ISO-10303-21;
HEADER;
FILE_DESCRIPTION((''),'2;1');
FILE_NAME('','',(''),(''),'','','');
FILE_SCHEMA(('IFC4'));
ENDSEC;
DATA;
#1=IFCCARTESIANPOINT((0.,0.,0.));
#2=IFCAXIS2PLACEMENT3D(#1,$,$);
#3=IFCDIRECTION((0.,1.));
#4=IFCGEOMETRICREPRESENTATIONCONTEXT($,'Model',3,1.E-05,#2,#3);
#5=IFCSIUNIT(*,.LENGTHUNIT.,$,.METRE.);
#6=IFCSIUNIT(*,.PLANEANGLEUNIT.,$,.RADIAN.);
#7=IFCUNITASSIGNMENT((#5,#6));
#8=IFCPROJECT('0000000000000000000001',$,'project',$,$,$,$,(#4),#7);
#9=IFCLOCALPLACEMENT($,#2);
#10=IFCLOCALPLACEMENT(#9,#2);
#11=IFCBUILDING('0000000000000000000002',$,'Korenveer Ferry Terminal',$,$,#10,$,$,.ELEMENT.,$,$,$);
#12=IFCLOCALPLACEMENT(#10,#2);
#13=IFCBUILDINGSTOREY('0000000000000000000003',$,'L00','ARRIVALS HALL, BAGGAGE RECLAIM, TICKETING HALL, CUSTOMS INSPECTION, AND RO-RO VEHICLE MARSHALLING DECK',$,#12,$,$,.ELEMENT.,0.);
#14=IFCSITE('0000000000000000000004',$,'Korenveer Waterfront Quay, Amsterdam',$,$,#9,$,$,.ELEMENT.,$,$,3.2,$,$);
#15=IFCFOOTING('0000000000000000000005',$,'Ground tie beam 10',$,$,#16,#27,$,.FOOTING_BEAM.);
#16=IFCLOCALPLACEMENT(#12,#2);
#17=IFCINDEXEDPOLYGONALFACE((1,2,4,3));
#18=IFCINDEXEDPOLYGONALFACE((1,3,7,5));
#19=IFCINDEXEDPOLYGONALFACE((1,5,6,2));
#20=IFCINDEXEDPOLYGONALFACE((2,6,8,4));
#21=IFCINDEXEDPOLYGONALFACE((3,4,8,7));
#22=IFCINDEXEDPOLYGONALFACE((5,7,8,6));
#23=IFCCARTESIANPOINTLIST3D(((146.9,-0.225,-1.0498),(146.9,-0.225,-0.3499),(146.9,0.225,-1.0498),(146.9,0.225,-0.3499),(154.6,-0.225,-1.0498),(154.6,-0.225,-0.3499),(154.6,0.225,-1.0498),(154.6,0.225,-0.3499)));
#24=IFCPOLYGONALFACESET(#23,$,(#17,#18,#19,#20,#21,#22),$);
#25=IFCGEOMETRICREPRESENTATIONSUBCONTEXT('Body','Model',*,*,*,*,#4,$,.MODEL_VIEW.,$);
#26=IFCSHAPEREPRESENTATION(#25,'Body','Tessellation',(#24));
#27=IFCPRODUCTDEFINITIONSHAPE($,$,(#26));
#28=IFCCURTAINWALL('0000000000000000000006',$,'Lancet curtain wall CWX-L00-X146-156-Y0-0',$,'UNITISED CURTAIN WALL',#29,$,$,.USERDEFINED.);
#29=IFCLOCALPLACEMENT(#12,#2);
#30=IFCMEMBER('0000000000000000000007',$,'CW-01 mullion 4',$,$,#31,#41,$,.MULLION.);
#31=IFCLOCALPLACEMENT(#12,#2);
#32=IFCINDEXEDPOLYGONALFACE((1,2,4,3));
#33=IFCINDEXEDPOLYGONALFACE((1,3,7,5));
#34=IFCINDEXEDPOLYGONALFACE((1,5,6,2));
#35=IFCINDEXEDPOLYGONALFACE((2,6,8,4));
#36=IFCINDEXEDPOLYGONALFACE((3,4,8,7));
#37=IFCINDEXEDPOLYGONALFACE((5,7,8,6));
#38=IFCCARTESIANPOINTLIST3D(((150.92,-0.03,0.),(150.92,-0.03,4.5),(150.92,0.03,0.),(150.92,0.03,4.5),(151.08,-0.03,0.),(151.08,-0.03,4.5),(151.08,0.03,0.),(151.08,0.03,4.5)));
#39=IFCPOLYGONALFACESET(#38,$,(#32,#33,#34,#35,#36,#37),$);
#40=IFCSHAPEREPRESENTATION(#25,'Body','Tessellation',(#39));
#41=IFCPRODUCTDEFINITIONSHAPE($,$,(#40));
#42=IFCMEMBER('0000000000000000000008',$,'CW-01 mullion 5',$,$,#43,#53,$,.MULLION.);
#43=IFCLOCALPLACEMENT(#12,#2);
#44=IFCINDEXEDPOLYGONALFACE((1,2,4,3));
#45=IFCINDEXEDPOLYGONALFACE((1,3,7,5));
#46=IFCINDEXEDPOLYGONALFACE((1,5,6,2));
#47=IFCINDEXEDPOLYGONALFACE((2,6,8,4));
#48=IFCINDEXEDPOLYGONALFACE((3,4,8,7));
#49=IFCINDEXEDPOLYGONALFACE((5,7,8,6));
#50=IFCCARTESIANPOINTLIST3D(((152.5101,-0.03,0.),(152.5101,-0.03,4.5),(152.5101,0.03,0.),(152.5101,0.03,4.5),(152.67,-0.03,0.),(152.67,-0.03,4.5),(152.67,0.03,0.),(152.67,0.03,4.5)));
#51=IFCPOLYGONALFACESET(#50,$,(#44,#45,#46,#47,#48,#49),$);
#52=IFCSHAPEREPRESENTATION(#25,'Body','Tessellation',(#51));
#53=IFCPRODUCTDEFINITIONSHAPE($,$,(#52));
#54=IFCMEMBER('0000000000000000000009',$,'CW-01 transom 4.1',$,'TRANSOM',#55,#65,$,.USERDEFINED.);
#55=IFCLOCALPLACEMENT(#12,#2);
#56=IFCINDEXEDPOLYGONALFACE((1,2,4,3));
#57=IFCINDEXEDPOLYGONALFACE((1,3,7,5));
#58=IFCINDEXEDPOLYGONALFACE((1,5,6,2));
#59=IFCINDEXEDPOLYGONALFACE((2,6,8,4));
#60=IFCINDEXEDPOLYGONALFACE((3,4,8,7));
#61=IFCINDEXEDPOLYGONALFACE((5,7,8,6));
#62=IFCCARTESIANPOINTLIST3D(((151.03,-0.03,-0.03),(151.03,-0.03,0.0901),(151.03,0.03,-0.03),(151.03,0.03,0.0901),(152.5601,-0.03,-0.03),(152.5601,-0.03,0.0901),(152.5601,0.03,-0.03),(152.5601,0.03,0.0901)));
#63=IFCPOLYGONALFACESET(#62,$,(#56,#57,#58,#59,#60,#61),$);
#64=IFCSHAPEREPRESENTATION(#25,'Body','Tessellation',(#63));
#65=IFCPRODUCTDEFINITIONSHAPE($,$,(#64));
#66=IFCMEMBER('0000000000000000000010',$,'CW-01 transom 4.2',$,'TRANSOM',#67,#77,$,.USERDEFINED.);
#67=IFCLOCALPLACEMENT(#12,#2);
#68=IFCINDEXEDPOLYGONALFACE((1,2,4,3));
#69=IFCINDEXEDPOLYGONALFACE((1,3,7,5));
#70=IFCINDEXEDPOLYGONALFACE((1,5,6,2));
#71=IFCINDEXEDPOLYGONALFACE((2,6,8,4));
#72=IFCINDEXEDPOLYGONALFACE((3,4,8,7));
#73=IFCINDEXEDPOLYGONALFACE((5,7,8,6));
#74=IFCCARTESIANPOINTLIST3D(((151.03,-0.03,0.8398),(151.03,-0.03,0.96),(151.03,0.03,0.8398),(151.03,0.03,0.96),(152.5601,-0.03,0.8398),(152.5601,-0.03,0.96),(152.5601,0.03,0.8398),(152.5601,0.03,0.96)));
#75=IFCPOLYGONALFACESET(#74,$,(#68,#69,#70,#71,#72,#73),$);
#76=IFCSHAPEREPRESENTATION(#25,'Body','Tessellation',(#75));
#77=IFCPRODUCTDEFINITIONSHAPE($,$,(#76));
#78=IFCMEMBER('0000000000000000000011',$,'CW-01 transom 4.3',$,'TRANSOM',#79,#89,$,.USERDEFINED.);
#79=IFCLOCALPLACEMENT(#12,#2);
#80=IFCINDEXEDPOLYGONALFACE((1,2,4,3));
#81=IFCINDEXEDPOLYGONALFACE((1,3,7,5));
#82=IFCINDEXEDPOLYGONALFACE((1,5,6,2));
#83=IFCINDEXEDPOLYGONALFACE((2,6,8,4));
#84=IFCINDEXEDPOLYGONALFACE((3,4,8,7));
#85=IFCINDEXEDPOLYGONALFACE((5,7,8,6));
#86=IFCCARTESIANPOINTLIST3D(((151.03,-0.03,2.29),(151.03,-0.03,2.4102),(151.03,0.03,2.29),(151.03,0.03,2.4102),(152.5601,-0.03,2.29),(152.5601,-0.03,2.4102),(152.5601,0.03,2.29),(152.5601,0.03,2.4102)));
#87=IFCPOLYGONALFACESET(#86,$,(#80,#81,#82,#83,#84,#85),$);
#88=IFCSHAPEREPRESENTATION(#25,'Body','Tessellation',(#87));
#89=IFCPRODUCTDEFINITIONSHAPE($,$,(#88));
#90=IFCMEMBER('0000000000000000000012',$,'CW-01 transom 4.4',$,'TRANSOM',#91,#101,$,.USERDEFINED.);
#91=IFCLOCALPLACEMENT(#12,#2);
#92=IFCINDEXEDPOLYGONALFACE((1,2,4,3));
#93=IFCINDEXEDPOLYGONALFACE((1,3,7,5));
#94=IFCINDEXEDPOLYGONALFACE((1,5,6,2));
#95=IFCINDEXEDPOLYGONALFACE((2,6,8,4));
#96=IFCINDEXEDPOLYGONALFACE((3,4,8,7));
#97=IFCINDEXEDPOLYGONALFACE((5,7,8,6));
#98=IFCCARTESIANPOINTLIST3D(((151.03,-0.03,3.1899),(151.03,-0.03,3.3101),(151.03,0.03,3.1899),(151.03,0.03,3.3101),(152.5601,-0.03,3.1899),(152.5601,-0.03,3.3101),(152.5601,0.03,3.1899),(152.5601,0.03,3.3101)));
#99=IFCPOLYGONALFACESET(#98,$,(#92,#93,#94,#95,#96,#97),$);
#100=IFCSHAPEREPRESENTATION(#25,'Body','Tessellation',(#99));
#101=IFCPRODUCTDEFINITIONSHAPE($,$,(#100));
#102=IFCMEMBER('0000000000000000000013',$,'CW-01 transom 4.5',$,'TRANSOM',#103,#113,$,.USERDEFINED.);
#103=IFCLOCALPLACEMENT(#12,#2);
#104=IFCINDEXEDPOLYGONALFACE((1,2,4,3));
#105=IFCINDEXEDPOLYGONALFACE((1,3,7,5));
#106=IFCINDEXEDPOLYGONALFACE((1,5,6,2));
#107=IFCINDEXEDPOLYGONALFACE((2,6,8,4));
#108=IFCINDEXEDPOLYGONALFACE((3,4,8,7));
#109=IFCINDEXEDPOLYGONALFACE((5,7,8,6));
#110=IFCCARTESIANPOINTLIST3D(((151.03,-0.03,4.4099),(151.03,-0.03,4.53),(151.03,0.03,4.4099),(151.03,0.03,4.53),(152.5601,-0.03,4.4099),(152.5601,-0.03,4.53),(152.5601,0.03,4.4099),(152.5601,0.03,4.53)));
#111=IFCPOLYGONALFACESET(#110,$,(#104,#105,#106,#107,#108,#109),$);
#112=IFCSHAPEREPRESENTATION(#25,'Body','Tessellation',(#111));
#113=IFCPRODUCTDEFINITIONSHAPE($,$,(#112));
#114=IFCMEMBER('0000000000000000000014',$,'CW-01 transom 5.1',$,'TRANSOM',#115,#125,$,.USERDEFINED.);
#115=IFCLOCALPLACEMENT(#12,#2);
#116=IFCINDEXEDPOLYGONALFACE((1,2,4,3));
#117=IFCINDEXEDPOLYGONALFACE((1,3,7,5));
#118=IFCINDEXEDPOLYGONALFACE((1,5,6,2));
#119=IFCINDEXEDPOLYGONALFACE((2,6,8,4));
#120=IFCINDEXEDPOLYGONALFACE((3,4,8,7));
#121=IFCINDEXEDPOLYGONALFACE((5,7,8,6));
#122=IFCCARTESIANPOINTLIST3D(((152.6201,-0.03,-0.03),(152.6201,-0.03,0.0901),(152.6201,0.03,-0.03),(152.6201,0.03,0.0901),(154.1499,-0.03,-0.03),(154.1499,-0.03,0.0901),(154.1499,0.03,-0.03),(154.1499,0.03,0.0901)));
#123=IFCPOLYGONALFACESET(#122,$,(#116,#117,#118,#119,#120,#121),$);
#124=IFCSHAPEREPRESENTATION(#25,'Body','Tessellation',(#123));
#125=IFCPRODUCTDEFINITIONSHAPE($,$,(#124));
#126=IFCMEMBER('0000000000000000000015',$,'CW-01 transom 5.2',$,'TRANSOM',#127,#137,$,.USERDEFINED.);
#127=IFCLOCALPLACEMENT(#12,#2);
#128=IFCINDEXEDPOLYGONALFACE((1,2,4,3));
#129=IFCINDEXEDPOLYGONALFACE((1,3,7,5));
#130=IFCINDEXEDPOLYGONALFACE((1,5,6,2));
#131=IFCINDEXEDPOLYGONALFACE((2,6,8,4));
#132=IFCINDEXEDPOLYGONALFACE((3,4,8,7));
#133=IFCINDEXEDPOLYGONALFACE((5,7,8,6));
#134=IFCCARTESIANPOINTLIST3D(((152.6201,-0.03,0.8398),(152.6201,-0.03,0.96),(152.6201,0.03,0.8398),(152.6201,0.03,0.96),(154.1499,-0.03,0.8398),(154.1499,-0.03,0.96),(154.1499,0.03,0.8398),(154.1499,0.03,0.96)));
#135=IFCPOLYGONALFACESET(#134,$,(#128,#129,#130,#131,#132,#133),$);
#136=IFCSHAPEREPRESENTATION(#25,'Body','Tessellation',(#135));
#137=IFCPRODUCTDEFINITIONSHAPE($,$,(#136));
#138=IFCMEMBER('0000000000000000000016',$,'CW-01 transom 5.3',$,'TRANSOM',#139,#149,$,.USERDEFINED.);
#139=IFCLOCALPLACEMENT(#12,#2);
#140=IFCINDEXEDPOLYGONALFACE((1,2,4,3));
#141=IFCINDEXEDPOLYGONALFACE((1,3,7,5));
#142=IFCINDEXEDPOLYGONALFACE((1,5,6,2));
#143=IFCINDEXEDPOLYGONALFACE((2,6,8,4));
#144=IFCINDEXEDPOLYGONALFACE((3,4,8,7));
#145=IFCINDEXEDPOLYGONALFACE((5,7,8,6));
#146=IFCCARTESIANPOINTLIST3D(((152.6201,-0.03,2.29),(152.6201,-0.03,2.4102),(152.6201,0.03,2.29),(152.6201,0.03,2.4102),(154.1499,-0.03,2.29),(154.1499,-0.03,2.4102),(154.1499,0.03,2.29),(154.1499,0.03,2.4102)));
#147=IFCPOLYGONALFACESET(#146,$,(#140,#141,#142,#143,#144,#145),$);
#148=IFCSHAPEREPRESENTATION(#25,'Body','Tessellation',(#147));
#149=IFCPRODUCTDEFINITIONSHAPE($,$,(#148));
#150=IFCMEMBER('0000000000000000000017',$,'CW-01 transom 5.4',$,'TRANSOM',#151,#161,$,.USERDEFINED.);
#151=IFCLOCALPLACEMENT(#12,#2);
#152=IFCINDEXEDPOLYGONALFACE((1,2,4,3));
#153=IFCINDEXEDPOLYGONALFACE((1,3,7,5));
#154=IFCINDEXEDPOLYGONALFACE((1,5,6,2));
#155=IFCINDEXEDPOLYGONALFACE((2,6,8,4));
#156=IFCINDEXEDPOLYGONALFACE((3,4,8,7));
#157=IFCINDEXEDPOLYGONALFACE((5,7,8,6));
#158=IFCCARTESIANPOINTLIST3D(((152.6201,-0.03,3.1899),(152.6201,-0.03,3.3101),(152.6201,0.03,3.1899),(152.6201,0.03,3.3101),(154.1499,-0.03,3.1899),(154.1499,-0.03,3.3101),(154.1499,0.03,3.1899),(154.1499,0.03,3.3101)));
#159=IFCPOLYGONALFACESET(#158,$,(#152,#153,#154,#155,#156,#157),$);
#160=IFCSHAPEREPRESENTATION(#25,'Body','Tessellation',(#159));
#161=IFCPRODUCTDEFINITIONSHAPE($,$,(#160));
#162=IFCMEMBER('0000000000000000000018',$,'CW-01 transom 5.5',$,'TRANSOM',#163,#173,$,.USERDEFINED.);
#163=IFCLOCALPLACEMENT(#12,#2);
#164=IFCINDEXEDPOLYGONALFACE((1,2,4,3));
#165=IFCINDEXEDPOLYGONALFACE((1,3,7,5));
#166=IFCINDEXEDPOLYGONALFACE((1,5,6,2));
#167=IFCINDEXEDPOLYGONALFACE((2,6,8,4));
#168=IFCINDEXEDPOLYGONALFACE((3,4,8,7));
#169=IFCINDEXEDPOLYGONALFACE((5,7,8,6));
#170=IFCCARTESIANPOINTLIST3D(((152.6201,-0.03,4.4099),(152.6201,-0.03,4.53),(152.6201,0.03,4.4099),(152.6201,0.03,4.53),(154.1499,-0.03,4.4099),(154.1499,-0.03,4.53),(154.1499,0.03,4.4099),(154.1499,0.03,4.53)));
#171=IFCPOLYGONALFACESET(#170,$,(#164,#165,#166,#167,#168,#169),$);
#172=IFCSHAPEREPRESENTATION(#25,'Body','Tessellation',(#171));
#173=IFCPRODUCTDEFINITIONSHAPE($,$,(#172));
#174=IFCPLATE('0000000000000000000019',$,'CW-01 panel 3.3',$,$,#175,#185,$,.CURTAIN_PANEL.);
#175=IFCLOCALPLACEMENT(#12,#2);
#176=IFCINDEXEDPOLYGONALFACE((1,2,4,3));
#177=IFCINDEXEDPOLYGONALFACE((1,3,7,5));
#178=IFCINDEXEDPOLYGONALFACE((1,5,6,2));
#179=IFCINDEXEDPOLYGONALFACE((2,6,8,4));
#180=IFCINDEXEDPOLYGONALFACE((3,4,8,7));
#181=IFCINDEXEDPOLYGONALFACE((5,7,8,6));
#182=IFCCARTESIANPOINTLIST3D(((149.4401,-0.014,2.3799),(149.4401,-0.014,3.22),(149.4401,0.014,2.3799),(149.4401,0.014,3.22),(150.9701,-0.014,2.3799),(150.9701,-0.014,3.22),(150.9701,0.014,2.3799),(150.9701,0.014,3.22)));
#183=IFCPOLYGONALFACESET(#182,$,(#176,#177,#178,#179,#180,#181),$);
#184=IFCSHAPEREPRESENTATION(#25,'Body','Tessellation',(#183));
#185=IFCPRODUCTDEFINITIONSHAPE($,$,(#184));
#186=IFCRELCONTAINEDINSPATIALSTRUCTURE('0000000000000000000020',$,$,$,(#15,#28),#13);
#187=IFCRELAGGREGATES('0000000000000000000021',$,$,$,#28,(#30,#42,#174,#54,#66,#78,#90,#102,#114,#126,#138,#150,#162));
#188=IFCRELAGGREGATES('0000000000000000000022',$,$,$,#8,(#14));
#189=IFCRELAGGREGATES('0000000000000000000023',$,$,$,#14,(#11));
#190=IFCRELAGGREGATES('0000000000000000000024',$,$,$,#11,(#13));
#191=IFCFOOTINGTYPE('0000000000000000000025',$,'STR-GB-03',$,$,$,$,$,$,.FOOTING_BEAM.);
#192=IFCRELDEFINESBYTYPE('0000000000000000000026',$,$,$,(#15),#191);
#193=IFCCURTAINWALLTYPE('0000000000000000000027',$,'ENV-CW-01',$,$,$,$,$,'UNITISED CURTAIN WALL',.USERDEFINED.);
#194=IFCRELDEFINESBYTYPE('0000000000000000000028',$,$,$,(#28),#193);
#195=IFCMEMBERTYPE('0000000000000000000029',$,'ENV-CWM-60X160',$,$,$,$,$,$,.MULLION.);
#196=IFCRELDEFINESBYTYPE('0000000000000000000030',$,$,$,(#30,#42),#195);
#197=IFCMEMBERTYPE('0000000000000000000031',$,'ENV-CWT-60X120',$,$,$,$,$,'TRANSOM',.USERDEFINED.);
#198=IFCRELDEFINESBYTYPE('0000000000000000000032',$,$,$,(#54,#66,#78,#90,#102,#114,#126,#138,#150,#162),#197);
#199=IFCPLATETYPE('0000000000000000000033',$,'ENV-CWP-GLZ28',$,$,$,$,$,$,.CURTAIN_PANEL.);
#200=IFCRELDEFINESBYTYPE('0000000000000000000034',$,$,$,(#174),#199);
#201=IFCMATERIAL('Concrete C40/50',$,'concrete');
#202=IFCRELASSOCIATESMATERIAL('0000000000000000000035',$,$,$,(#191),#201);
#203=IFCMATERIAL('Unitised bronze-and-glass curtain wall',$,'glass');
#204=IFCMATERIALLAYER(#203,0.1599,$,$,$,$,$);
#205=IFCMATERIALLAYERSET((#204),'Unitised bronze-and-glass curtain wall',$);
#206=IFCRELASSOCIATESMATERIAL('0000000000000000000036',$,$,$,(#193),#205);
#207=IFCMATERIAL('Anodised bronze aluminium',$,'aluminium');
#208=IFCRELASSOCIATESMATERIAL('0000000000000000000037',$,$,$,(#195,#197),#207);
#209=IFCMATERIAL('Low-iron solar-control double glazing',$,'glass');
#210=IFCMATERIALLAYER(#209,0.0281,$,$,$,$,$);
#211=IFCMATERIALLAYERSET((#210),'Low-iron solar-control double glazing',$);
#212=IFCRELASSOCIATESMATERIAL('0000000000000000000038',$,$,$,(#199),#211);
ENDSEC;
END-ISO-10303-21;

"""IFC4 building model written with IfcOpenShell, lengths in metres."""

from ifc_helpers import new_model, si_unit, direction, frame, origin, origin_2d, place, context, subcontext, project, spatial, rectangle, extrude, material, layer, layer_set, material_profile, profile_set, type_object, element, aggregate, save


model = new_model("IFC4")

# Units and contexts
model_context = context("Model", 3, precision=1e-05, world=origin(), true_north=direction((0.0, 1.0)))
body_context = subcontext(model_context, "Body", "Model", "MODEL_VIEW")
ifc_project = project(units=[si_unit("LENGTHUNIT", "METRE"), si_unit("PLANEANGLEUNIT", "RADIAN")], contexts=[model_context])

# Site, building, storey
site_placement = place(None, origin())
site = spatial("IfcSite", under=ifc_project, at=site_placement, Name="Korenveer Waterfront Quay, Amsterdam", CompositionType="ELEMENT", RefElevation=3.2)
building_placement = place(site_placement, origin())
building = spatial("IfcBuilding", under=site, at=building_placement, Name="Korenveer Ferry Terminal", CompositionType="ELEMENT")
storey_placement = place(building_placement, origin())
storey = spatial("IfcBuildingStorey", under=building, at=storey_placement, Name="L00", Description="ARRIVALS HALL, BAGGAGE RECLAIM, TICKETING HALL, CUSTOMS INSPECTION, AND RO-RO VEHICLE MARSHALLING DECK", CompositionType="ELEMENT", Elevation=0.0)

# Footing
ifc_material_1 = material(Name="Concrete C40/50", Category="concrete")
footing_type = type_object("IfcFootingType", Name="STR-GB-03", PredefinedType="FOOTING_BEAM", material=ifc_material_1)
footing_placement = place(storey_placement, frame((150.75, 0.0, -1.0498), z_axis=(0.0, 0.0, 1.0), x_axis=(1.0, 0.0, 0.0)))
element("IfcFooting", 1, at=footing_placement, inside=storey, type_object=footing_type, Name="Ground tie beam 10", PredefinedType="FOOTING_BEAM", context=body_context, shape_type="SweptSolid", body=[
    extrude(rectangle(XDim=7.7, YDim=0.45, at=origin_2d()), origin(), (0.0, 0.0, 1.0), 0.7),
])

# Curtain wall, members, plate
ifc_material_2 = material(Name="Unitised bronze-and-glass curtain wall", Category="glass")
ifc_layer_1 = layer(ifc_material_2, 0.1599)
ifc_layer_set_1 = layer_set([ifc_layer_1], Name="Unitised bronze-and-glass curtain wall")
curtain_wall_type = type_object("IfcCurtainWallType", Name="ENV-CW-01", ElementType="UNITISED CURTAIN WALL", PredefinedType="USERDEFINED", material=ifc_layer_set_1)
curtain_wall_placement = place(storey_placement, frame((146.23, 0.0, 0.0)))
curtain_wall = element("IfcCurtainWall", 2, at=curtain_wall_placement, inside=storey, type_object=curtain_wall_type, Name="Lancet curtain wall CWX-L00-X146-156-Y0-0", ObjectType="UNITISED CURTAIN WALL", PredefinedType="USERDEFINED")
ifc_material_3 = material(Name="Anodised bronze aluminium", Category="aluminium")
ifc_material_profile_1 = material_profile(ifc_material_3, rectangle(XDim=0.0601, YDim=0.1599, at=origin_2d()), Name="ALU 60x160")
ifc_profile_set_1 = profile_set([ifc_material_profile_1], Name="Anodised bronze aluminium")
member_type_1 = type_object("IfcMemberType", Name="ENV-CWM-60X160", PredefinedType="MULLION", material=ifc_profile_set_1)
member_1_placement = place(storey_placement, frame((151.0, 0.0, 0.0), z_axis=(0.0, 0.0, 1.0), x_axis=(0.0, 1.0, 0.0)))
member_1 = element("IfcMember", 3, at=member_1_placement, type_object=member_type_1, Name="CW-01 mullion 4", PredefinedType="MULLION", context=body_context, shape_type="SweptSolid", body=[
    extrude(rectangle(XDim=0.0601, YDim=0.1599, at=origin_2d()), origin(), (0.0, 0.0, 1.0), 4.5),
])
member_2_placement = place(storey_placement, frame((152.5901, 0.0, 0.0), z_axis=(0.0, 0.0, 1.0), x_axis=(0.0, 1.0, 0.0)))
member_2 = element("IfcMember", 4, at=member_2_placement, type_object=member_type_1, Name="CW-01 mullion 5", PredefinedType="MULLION", context=body_context, shape_type="SweptSolid", body=[
    extrude(rectangle(XDim=0.0601, YDim=0.1599, at=origin_2d()), origin(), (0.0, 0.0, 1.0), 4.5),
])
ifc_material_profile_2 = material_profile(ifc_material_3, rectangle(XDim=0.0601, YDim=0.1201, at=origin_2d()), Name="ALU 60x120")
ifc_profile_set_2 = profile_set([ifc_material_profile_2], Name="Anodised bronze aluminium")
member_type_2 = type_object("IfcMemberType", Name="ENV-CWT-60X120", ElementType="TRANSOM", PredefinedType="USERDEFINED", material=ifc_profile_set_2)
member_3_placement = place(storey_placement, frame((151.03, 0.0, 0.03), z_axis=(1.0, 0.0, 0.0), x_axis=(0.0, 1.0, 0.0)))
member_3 = element("IfcMember", 5, at=member_3_placement, type_object=member_type_2, Name="CW-01 transom 4.1", ObjectType="TRANSOM", PredefinedType="USERDEFINED", context=body_context, shape_type="SweptSolid", body=[
    extrude(rectangle(XDim=0.0601, YDim=0.1201, at=origin_2d()), origin(), (0.0, 0.0, 1.0), 1.53),
])
member_4_placement = place(storey_placement, frame((151.03, 0.0, 0.8999), z_axis=(1.0, 0.0, 0.0), x_axis=(0.0, 1.0, 0.0)))
member_4 = element("IfcMember", 6, at=member_4_placement, type_object=member_type_2, Name="CW-01 transom 4.2", ObjectType="TRANSOM", PredefinedType="USERDEFINED", context=body_context, shape_type="SweptSolid", body=[
    extrude(rectangle(XDim=0.0601, YDim=0.1201, at=origin_2d()), origin(), (0.0, 0.0, 1.0), 1.53),
])
member_5_placement = place(storey_placement, frame((151.03, 0.0, 2.3501), z_axis=(1.0, 0.0, 0.0), x_axis=(0.0, 1.0, 0.0)))
member_5 = element("IfcMember", 7, at=member_5_placement, type_object=member_type_2, Name="CW-01 transom 4.3", ObjectType="TRANSOM", PredefinedType="USERDEFINED", context=body_context, shape_type="SweptSolid", body=[
    extrude(rectangle(XDim=0.0601, YDim=0.1201, at=origin_2d()), origin(), (0.0, 0.0, 1.0), 1.53),
])
member_6_placement = place(storey_placement, frame((151.03, 0.0, 3.25), z_axis=(1.0, 0.0, 0.0), x_axis=(0.0, 1.0, 0.0)))
member_6 = element("IfcMember", 8, at=member_6_placement, type_object=member_type_2, Name="CW-01 transom 4.4", ObjectType="TRANSOM", PredefinedType="USERDEFINED", context=body_context, shape_type="SweptSolid", body=[
    extrude(rectangle(XDim=0.0601, YDim=0.1201, at=origin_2d()), origin(), (0.0, 0.0, 1.0), 1.53),
])
member_7_placement = place(storey_placement, frame((151.03, 0.0, 4.47), z_axis=(1.0, 0.0, 0.0), x_axis=(0.0, 1.0, 0.0)))
member_7 = element("IfcMember", 9, at=member_7_placement, type_object=member_type_2, Name="CW-01 transom 4.5", ObjectType="TRANSOM", PredefinedType="USERDEFINED", context=body_context, shape_type="SweptSolid", body=[
    extrude(rectangle(XDim=0.0601, YDim=0.1201, at=origin_2d()), origin(), (0.0, 0.0, 1.0), 1.53),
])
member_8_placement = place(storey_placement, frame((152.6201, 0.0, 0.03), z_axis=(1.0, 0.0, 0.0), x_axis=(0.0, 1.0, 0.0)))
member_8 = element("IfcMember", 10, at=member_8_placement, type_object=member_type_2, Name="CW-01 transom 5.1", ObjectType="TRANSOM", PredefinedType="USERDEFINED", context=body_context, shape_type="SweptSolid", body=[
    extrude(rectangle(XDim=0.0601, YDim=0.1201, at=origin_2d()), origin(), (0.0, 0.0, 1.0), 1.5298),
])
member_9_placement = place(storey_placement, frame((152.6201, 0.0, 0.8999), z_axis=(1.0, 0.0, 0.0), x_axis=(0.0, 1.0, 0.0)))
member_9 = element("IfcMember", 11, at=member_9_placement, type_object=member_type_2, Name="CW-01 transom 5.2", ObjectType="TRANSOM", PredefinedType="USERDEFINED", context=body_context, shape_type="SweptSolid", body=[
    extrude(rectangle(XDim=0.0601, YDim=0.1201, at=origin_2d()), origin(), (0.0, 0.0, 1.0), 1.5298),
])
member_10_placement = place(storey_placement, frame((152.6201, 0.0, 2.3501), z_axis=(1.0, 0.0, 0.0), x_axis=(0.0, 1.0, 0.0)))
member_10 = element("IfcMember", 12, at=member_10_placement, type_object=member_type_2, Name="CW-01 transom 5.3", ObjectType="TRANSOM", PredefinedType="USERDEFINED", context=body_context, shape_type="SweptSolid", body=[
    extrude(rectangle(XDim=0.0601, YDim=0.1201, at=origin_2d()), origin(), (0.0, 0.0, 1.0), 1.5298),
])
member_11_placement = place(storey_placement, frame((152.6201, 0.0, 3.25), z_axis=(1.0, 0.0, 0.0), x_axis=(0.0, 1.0, 0.0)))
member_11 = element("IfcMember", 13, at=member_11_placement, type_object=member_type_2, Name="CW-01 transom 5.4", ObjectType="TRANSOM", PredefinedType="USERDEFINED", context=body_context, shape_type="SweptSolid", body=[
    extrude(rectangle(XDim=0.0601, YDim=0.1201, at=origin_2d()), origin(), (0.0, 0.0, 1.0), 1.5298),
])
member_12_placement = place(storey_placement, frame((152.6201, 0.0, 4.47), z_axis=(1.0, 0.0, 0.0), x_axis=(0.0, 1.0, 0.0)))
member_12 = element("IfcMember", 14, at=member_12_placement, type_object=member_type_2, Name="CW-01 transom 5.5", ObjectType="TRANSOM", PredefinedType="USERDEFINED", context=body_context, shape_type="SweptSolid", body=[
    extrude(rectangle(XDim=0.0601, YDim=0.1201, at=origin_2d()), origin(), (0.0, 0.0, 1.0), 1.5298),
])
ifc_material_4 = material(Name="Low-iron solar-control double glazing", Category="glass")
ifc_layer_2 = layer(ifc_material_4, 0.0281)
ifc_layer_set_2 = layer_set([ifc_layer_2], Name="Low-iron solar-control double glazing")
plate_type = type_object("IfcPlateType", Name="ENV-CWP-GLZ28", PredefinedType="CURTAIN_PANEL", material=ifc_layer_set_2)
plate_1_placement = place(storey_placement, frame((150.2051, 0.0, 2.3799), z_axis=(0.0, 0.0, 1.0), x_axis=(1.0, 0.0, 0.0)))
plate_1 = element("IfcPlate", 15, at=plate_1_placement, type_object=plate_type, Name="CW-01 panel 3.3", PredefinedType="CURTAIN_PANEL", context=body_context, shape_type="SweptSolid", body=[
    extrude(rectangle(XDim=1.53, YDim=0.0281, at=origin_2d()), origin(), (0.0, 0.0, 1.0), 0.8401),
])
aggregate(curtain_wall, [member_1, member_2, plate_1, member_3, member_4, member_5, member_6, member_7, member_8, member_9, member_10, member_11, member_12])

save(model, "model.ifc")
